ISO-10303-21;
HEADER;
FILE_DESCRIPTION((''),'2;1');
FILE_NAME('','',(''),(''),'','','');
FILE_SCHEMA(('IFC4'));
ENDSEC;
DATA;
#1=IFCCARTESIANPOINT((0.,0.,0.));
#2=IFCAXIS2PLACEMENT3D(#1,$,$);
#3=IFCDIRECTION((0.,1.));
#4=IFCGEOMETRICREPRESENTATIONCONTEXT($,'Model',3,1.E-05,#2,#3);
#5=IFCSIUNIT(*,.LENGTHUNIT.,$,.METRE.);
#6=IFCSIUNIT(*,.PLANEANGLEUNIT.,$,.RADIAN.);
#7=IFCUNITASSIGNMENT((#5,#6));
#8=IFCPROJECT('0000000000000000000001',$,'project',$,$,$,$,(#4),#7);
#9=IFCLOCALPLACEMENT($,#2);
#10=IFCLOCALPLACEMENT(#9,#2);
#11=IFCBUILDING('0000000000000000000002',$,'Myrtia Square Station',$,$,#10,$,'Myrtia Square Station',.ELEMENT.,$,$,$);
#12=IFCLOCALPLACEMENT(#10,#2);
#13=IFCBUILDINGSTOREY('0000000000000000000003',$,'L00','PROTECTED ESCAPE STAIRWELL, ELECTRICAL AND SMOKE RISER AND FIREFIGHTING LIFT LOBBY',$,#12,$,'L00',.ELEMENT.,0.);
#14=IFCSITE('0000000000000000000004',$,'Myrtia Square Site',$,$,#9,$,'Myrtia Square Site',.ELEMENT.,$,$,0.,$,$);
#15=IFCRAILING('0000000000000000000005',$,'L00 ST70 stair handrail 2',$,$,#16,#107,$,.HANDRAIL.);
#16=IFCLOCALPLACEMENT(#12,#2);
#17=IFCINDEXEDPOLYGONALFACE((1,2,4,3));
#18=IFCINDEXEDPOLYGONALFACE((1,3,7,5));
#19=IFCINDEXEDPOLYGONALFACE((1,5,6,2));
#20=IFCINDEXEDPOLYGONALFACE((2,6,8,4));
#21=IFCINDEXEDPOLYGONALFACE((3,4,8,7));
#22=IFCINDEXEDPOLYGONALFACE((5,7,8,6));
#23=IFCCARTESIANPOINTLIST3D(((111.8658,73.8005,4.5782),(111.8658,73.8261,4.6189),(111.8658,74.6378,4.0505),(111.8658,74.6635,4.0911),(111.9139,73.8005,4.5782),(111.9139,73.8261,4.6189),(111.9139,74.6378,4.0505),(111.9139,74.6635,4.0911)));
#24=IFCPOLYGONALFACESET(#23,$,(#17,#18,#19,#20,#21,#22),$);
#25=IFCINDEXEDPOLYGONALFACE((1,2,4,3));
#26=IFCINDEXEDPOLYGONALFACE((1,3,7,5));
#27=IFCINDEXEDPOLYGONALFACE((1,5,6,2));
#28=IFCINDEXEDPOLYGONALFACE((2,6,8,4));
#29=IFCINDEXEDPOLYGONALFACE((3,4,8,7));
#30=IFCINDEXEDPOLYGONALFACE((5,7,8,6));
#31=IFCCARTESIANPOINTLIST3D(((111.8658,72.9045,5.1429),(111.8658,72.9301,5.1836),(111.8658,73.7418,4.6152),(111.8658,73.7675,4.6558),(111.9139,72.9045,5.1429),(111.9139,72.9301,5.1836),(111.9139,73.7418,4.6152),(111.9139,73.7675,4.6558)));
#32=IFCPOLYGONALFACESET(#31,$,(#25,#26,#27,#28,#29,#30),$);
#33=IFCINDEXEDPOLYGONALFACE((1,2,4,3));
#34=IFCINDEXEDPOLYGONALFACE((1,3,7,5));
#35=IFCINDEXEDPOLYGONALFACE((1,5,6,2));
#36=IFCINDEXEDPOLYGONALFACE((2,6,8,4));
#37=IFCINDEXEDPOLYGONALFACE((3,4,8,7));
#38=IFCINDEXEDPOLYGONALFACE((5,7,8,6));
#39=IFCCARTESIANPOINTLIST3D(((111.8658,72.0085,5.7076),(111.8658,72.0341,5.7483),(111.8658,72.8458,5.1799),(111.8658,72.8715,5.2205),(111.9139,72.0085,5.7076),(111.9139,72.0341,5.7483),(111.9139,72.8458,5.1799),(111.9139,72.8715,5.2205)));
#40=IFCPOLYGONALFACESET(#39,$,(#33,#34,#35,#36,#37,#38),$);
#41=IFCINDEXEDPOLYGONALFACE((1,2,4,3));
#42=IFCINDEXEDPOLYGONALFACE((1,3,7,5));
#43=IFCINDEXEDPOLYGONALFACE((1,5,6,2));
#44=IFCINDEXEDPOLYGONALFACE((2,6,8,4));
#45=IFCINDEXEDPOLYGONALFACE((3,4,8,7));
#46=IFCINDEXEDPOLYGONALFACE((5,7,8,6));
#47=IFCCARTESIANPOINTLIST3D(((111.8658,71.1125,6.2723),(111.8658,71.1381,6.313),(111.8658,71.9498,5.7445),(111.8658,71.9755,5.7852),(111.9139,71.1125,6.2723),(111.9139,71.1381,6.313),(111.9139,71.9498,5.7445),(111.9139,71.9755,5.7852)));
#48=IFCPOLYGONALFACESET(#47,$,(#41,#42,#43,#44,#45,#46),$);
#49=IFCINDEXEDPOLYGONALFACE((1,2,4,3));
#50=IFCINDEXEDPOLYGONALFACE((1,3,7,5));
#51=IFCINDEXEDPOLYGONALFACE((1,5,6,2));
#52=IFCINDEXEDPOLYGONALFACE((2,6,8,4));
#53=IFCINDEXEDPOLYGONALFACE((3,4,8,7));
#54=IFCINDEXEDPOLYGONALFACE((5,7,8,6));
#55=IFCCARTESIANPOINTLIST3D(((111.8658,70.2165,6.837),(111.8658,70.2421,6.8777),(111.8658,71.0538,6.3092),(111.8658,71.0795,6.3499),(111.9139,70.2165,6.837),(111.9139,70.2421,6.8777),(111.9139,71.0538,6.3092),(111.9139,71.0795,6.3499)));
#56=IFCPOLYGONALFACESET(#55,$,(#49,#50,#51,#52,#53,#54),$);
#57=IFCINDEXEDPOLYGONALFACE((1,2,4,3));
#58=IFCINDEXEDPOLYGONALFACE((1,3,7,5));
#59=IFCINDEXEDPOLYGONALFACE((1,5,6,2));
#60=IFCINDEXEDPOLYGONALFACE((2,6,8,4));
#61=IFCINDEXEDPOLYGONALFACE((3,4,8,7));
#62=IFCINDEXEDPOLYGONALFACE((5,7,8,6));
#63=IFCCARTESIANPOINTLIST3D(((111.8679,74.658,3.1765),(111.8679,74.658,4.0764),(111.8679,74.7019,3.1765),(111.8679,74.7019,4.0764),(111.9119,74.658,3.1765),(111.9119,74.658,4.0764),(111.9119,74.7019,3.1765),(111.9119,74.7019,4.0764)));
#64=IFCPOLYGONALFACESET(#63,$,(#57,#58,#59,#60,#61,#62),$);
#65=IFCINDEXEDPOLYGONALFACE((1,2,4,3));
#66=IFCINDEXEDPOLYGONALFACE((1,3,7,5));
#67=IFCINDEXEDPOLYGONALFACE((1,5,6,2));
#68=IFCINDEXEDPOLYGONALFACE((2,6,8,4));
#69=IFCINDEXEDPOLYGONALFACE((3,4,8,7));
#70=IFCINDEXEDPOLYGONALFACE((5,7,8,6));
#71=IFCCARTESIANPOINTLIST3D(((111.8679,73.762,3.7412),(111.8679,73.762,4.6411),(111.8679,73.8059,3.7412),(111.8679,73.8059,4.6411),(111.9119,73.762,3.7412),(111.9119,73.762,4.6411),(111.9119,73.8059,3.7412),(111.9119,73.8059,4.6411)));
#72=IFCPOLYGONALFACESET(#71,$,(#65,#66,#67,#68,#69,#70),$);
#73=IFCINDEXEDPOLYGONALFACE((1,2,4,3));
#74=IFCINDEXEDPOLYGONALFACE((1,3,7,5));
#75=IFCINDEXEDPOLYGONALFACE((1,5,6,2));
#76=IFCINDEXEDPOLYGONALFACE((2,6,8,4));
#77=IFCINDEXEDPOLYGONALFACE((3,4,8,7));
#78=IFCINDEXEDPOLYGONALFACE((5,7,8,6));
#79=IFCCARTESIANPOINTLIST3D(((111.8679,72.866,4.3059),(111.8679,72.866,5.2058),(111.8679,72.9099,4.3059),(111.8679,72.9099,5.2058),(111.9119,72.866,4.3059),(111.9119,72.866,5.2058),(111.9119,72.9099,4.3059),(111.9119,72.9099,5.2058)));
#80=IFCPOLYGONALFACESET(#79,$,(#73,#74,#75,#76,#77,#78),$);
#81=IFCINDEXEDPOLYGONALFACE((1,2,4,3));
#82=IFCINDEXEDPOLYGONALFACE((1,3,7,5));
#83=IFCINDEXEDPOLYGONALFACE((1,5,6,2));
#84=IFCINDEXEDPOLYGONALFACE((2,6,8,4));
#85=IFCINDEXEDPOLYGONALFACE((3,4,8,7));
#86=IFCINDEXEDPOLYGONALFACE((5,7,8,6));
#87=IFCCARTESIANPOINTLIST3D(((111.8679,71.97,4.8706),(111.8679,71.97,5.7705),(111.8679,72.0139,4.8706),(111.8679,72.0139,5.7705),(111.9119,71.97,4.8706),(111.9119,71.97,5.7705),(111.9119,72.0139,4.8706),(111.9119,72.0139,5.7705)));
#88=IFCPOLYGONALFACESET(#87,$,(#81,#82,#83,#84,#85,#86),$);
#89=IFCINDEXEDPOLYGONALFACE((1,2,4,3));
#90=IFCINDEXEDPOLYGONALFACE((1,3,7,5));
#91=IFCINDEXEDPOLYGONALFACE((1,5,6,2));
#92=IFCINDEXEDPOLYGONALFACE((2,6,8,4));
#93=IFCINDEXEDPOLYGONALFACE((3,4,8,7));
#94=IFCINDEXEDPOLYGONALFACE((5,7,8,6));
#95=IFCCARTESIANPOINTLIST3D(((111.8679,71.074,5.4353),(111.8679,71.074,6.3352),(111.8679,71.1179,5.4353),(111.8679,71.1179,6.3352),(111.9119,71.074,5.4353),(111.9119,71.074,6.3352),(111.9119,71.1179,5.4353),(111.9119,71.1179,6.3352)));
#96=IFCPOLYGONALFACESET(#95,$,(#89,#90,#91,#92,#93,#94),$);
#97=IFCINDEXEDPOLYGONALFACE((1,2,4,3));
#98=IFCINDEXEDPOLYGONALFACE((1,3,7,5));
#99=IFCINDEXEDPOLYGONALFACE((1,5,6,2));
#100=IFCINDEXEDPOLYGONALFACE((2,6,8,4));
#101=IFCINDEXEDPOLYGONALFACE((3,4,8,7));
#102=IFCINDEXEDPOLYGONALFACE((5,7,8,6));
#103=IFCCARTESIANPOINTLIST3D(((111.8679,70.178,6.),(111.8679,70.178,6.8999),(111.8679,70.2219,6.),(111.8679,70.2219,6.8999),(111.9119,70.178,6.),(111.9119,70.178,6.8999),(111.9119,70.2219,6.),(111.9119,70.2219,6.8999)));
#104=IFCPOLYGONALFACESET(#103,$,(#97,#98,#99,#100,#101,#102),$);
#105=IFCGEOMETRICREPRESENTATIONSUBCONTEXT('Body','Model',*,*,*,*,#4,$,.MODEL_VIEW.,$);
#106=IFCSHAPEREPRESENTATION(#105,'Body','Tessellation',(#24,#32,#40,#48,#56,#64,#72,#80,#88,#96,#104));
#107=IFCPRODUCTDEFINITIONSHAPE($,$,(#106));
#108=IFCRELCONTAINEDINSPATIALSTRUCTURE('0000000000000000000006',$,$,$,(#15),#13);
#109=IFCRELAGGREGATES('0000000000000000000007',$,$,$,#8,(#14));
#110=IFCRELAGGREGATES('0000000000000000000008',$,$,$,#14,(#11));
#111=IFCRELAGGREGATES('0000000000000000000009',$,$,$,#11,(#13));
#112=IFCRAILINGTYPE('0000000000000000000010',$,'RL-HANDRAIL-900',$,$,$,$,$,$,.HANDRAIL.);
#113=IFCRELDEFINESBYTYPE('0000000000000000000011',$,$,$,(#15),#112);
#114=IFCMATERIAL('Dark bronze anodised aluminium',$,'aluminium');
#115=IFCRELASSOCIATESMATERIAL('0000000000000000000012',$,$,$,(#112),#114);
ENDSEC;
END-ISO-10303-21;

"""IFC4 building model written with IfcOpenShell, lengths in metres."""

from ifc_helpers import new_model, si_unit, direction, frame, origin, origin_2d, place, context, subcontext, project, spatial, rectangle, extrude, material, type_object, element, save


model = new_model("IFC4")

# Units and contexts
model_context = context("Model", 3, precision=1e-05, world=origin(), true_north=direction((0.0, 1.0)))
body_context = subcontext(model_context, "Body", "Model", "MODEL_VIEW")
ifc_project = project(units=[si_unit("LENGTHUNIT", "METRE"), si_unit("PLANEANGLEUNIT", "RADIAN")], contexts=[model_context])

# Site, building, storey
site_placement = place(None, origin())
site = spatial("IfcSite", under=ifc_project, at=site_placement, Name="Myrtia Square Site", LongName="Myrtia Square Site", CompositionType="ELEMENT", RefElevation=0.0)
building_placement = place(site_placement, origin())
building = spatial("IfcBuilding", under=site, at=building_placement, Name="Myrtia Square Station", LongName="Myrtia Square Station", CompositionType="ELEMENT")
storey_placement = place(building_placement, origin())
storey = spatial("IfcBuildingStorey", under=building, at=storey_placement, Name="L00", Description="PROTECTED ESCAPE STAIRWELL, ELECTRICAL AND SMOKE RISER AND FIREFIGHTING LIFT LOBBY", LongName="L00", CompositionType="ELEMENT", Elevation=0.0)

# Shared definitions
ifc_material_1 = material(Name="Dark bronze anodised aluminium", Category="aluminium")

# Railing
railing_type_1 = type_object("IfcRailingType", Name="RL-HANDRAIL-900", PredefinedType="HANDRAIL", material=ifc_material_1)
railing_1_placement = place(storey_placement, frame((111.8899, 74.6799, 3.1765)))
element("IfcRailing", 1, at=railing_1_placement, inside=storey, type_object=railing_type_1, Name="L00 ST70 stair handrail 2", PredefinedType="HANDRAIL", context=body_context, shape_type="SweptSolid", body=[
    extrude(rectangle(XDim=0.0481, YDim=0.0481, at=origin_2d()), frame((0.0, -0.0293, 0.8943), z_axis=(0.0, -0.845998, 0.533186), x_axis=(1.0, 0.0, 0.0)), (0.0, 0.0, 1.0), 0.9897),
    extrude(rectangle(XDim=0.0481, YDim=0.0481, at=origin_2d()), frame((0.0, -0.9253, 1.459), z_axis=(0.0, -0.845998, 0.533186), x_axis=(1.0, 0.0, 0.0)), (0.0, 0.0, 1.0), 0.9897),
    extrude(rectangle(XDim=0.0481, YDim=0.0481, at=origin_2d()), frame((0.0, -1.8213, 2.0237), z_axis=(0.0, -0.845998, 0.533186), x_axis=(1.0, 0.0, 0.0)), (0.0, 0.0, 1.0), 0.9897),
    extrude(rectangle(XDim=0.0481, YDim=0.0481, at=origin_2d()), frame((0.0, -2.7173, 2.5884), z_axis=(0.0, -0.845998, 0.533186), x_axis=(1.0, 0.0, 0.0)), (0.0, 0.0, 1.0), 0.9897),
    extrude(rectangle(XDim=0.0481, YDim=0.0481, at=origin_2d()), frame((0.0, -3.6133, 3.1531), z_axis=(0.0, -0.845998, 0.533186), x_axis=(1.0, 0.0, 0.0)), (0.0, 0.0, 1.0), 0.9897),
    extrude(rectangle(XDim=0.0439, YDim=0.0439, at=origin_2d()), origin(), (0.0, 0.0, 1.0), 0.8999),
    extrude(rectangle(XDim=0.0439, YDim=0.0439, at=origin_2d()), frame((0.0, -0.896, 0.5647)), (0.0, 0.0, 1.0), 0.8999),
    extrude(rectangle(XDim=0.0439, YDim=0.0439, at=origin_2d()), frame((0.0, -1.792, 1.1294)), (0.0, 0.0, 1.0), 0.8999),
    extrude(rectangle(XDim=0.0439, YDim=0.0439, at=origin_2d()), frame((0.0, -2.688, 1.6941)), (0.0, 0.0, 1.0), 0.8999),
    extrude(rectangle(XDim=0.0439, YDim=0.0439, at=origin_2d()), frame((0.0, -3.584, 2.2588)), (0.0, 0.0, 1.0), 0.8999),
    extrude(rectangle(XDim=0.0439, YDim=0.0439, at=origin_2d()), frame((0.0, -4.48, 2.8235)), (0.0, 0.0, 1.0), 0.8999),
])

save(model, "model.ifc")
